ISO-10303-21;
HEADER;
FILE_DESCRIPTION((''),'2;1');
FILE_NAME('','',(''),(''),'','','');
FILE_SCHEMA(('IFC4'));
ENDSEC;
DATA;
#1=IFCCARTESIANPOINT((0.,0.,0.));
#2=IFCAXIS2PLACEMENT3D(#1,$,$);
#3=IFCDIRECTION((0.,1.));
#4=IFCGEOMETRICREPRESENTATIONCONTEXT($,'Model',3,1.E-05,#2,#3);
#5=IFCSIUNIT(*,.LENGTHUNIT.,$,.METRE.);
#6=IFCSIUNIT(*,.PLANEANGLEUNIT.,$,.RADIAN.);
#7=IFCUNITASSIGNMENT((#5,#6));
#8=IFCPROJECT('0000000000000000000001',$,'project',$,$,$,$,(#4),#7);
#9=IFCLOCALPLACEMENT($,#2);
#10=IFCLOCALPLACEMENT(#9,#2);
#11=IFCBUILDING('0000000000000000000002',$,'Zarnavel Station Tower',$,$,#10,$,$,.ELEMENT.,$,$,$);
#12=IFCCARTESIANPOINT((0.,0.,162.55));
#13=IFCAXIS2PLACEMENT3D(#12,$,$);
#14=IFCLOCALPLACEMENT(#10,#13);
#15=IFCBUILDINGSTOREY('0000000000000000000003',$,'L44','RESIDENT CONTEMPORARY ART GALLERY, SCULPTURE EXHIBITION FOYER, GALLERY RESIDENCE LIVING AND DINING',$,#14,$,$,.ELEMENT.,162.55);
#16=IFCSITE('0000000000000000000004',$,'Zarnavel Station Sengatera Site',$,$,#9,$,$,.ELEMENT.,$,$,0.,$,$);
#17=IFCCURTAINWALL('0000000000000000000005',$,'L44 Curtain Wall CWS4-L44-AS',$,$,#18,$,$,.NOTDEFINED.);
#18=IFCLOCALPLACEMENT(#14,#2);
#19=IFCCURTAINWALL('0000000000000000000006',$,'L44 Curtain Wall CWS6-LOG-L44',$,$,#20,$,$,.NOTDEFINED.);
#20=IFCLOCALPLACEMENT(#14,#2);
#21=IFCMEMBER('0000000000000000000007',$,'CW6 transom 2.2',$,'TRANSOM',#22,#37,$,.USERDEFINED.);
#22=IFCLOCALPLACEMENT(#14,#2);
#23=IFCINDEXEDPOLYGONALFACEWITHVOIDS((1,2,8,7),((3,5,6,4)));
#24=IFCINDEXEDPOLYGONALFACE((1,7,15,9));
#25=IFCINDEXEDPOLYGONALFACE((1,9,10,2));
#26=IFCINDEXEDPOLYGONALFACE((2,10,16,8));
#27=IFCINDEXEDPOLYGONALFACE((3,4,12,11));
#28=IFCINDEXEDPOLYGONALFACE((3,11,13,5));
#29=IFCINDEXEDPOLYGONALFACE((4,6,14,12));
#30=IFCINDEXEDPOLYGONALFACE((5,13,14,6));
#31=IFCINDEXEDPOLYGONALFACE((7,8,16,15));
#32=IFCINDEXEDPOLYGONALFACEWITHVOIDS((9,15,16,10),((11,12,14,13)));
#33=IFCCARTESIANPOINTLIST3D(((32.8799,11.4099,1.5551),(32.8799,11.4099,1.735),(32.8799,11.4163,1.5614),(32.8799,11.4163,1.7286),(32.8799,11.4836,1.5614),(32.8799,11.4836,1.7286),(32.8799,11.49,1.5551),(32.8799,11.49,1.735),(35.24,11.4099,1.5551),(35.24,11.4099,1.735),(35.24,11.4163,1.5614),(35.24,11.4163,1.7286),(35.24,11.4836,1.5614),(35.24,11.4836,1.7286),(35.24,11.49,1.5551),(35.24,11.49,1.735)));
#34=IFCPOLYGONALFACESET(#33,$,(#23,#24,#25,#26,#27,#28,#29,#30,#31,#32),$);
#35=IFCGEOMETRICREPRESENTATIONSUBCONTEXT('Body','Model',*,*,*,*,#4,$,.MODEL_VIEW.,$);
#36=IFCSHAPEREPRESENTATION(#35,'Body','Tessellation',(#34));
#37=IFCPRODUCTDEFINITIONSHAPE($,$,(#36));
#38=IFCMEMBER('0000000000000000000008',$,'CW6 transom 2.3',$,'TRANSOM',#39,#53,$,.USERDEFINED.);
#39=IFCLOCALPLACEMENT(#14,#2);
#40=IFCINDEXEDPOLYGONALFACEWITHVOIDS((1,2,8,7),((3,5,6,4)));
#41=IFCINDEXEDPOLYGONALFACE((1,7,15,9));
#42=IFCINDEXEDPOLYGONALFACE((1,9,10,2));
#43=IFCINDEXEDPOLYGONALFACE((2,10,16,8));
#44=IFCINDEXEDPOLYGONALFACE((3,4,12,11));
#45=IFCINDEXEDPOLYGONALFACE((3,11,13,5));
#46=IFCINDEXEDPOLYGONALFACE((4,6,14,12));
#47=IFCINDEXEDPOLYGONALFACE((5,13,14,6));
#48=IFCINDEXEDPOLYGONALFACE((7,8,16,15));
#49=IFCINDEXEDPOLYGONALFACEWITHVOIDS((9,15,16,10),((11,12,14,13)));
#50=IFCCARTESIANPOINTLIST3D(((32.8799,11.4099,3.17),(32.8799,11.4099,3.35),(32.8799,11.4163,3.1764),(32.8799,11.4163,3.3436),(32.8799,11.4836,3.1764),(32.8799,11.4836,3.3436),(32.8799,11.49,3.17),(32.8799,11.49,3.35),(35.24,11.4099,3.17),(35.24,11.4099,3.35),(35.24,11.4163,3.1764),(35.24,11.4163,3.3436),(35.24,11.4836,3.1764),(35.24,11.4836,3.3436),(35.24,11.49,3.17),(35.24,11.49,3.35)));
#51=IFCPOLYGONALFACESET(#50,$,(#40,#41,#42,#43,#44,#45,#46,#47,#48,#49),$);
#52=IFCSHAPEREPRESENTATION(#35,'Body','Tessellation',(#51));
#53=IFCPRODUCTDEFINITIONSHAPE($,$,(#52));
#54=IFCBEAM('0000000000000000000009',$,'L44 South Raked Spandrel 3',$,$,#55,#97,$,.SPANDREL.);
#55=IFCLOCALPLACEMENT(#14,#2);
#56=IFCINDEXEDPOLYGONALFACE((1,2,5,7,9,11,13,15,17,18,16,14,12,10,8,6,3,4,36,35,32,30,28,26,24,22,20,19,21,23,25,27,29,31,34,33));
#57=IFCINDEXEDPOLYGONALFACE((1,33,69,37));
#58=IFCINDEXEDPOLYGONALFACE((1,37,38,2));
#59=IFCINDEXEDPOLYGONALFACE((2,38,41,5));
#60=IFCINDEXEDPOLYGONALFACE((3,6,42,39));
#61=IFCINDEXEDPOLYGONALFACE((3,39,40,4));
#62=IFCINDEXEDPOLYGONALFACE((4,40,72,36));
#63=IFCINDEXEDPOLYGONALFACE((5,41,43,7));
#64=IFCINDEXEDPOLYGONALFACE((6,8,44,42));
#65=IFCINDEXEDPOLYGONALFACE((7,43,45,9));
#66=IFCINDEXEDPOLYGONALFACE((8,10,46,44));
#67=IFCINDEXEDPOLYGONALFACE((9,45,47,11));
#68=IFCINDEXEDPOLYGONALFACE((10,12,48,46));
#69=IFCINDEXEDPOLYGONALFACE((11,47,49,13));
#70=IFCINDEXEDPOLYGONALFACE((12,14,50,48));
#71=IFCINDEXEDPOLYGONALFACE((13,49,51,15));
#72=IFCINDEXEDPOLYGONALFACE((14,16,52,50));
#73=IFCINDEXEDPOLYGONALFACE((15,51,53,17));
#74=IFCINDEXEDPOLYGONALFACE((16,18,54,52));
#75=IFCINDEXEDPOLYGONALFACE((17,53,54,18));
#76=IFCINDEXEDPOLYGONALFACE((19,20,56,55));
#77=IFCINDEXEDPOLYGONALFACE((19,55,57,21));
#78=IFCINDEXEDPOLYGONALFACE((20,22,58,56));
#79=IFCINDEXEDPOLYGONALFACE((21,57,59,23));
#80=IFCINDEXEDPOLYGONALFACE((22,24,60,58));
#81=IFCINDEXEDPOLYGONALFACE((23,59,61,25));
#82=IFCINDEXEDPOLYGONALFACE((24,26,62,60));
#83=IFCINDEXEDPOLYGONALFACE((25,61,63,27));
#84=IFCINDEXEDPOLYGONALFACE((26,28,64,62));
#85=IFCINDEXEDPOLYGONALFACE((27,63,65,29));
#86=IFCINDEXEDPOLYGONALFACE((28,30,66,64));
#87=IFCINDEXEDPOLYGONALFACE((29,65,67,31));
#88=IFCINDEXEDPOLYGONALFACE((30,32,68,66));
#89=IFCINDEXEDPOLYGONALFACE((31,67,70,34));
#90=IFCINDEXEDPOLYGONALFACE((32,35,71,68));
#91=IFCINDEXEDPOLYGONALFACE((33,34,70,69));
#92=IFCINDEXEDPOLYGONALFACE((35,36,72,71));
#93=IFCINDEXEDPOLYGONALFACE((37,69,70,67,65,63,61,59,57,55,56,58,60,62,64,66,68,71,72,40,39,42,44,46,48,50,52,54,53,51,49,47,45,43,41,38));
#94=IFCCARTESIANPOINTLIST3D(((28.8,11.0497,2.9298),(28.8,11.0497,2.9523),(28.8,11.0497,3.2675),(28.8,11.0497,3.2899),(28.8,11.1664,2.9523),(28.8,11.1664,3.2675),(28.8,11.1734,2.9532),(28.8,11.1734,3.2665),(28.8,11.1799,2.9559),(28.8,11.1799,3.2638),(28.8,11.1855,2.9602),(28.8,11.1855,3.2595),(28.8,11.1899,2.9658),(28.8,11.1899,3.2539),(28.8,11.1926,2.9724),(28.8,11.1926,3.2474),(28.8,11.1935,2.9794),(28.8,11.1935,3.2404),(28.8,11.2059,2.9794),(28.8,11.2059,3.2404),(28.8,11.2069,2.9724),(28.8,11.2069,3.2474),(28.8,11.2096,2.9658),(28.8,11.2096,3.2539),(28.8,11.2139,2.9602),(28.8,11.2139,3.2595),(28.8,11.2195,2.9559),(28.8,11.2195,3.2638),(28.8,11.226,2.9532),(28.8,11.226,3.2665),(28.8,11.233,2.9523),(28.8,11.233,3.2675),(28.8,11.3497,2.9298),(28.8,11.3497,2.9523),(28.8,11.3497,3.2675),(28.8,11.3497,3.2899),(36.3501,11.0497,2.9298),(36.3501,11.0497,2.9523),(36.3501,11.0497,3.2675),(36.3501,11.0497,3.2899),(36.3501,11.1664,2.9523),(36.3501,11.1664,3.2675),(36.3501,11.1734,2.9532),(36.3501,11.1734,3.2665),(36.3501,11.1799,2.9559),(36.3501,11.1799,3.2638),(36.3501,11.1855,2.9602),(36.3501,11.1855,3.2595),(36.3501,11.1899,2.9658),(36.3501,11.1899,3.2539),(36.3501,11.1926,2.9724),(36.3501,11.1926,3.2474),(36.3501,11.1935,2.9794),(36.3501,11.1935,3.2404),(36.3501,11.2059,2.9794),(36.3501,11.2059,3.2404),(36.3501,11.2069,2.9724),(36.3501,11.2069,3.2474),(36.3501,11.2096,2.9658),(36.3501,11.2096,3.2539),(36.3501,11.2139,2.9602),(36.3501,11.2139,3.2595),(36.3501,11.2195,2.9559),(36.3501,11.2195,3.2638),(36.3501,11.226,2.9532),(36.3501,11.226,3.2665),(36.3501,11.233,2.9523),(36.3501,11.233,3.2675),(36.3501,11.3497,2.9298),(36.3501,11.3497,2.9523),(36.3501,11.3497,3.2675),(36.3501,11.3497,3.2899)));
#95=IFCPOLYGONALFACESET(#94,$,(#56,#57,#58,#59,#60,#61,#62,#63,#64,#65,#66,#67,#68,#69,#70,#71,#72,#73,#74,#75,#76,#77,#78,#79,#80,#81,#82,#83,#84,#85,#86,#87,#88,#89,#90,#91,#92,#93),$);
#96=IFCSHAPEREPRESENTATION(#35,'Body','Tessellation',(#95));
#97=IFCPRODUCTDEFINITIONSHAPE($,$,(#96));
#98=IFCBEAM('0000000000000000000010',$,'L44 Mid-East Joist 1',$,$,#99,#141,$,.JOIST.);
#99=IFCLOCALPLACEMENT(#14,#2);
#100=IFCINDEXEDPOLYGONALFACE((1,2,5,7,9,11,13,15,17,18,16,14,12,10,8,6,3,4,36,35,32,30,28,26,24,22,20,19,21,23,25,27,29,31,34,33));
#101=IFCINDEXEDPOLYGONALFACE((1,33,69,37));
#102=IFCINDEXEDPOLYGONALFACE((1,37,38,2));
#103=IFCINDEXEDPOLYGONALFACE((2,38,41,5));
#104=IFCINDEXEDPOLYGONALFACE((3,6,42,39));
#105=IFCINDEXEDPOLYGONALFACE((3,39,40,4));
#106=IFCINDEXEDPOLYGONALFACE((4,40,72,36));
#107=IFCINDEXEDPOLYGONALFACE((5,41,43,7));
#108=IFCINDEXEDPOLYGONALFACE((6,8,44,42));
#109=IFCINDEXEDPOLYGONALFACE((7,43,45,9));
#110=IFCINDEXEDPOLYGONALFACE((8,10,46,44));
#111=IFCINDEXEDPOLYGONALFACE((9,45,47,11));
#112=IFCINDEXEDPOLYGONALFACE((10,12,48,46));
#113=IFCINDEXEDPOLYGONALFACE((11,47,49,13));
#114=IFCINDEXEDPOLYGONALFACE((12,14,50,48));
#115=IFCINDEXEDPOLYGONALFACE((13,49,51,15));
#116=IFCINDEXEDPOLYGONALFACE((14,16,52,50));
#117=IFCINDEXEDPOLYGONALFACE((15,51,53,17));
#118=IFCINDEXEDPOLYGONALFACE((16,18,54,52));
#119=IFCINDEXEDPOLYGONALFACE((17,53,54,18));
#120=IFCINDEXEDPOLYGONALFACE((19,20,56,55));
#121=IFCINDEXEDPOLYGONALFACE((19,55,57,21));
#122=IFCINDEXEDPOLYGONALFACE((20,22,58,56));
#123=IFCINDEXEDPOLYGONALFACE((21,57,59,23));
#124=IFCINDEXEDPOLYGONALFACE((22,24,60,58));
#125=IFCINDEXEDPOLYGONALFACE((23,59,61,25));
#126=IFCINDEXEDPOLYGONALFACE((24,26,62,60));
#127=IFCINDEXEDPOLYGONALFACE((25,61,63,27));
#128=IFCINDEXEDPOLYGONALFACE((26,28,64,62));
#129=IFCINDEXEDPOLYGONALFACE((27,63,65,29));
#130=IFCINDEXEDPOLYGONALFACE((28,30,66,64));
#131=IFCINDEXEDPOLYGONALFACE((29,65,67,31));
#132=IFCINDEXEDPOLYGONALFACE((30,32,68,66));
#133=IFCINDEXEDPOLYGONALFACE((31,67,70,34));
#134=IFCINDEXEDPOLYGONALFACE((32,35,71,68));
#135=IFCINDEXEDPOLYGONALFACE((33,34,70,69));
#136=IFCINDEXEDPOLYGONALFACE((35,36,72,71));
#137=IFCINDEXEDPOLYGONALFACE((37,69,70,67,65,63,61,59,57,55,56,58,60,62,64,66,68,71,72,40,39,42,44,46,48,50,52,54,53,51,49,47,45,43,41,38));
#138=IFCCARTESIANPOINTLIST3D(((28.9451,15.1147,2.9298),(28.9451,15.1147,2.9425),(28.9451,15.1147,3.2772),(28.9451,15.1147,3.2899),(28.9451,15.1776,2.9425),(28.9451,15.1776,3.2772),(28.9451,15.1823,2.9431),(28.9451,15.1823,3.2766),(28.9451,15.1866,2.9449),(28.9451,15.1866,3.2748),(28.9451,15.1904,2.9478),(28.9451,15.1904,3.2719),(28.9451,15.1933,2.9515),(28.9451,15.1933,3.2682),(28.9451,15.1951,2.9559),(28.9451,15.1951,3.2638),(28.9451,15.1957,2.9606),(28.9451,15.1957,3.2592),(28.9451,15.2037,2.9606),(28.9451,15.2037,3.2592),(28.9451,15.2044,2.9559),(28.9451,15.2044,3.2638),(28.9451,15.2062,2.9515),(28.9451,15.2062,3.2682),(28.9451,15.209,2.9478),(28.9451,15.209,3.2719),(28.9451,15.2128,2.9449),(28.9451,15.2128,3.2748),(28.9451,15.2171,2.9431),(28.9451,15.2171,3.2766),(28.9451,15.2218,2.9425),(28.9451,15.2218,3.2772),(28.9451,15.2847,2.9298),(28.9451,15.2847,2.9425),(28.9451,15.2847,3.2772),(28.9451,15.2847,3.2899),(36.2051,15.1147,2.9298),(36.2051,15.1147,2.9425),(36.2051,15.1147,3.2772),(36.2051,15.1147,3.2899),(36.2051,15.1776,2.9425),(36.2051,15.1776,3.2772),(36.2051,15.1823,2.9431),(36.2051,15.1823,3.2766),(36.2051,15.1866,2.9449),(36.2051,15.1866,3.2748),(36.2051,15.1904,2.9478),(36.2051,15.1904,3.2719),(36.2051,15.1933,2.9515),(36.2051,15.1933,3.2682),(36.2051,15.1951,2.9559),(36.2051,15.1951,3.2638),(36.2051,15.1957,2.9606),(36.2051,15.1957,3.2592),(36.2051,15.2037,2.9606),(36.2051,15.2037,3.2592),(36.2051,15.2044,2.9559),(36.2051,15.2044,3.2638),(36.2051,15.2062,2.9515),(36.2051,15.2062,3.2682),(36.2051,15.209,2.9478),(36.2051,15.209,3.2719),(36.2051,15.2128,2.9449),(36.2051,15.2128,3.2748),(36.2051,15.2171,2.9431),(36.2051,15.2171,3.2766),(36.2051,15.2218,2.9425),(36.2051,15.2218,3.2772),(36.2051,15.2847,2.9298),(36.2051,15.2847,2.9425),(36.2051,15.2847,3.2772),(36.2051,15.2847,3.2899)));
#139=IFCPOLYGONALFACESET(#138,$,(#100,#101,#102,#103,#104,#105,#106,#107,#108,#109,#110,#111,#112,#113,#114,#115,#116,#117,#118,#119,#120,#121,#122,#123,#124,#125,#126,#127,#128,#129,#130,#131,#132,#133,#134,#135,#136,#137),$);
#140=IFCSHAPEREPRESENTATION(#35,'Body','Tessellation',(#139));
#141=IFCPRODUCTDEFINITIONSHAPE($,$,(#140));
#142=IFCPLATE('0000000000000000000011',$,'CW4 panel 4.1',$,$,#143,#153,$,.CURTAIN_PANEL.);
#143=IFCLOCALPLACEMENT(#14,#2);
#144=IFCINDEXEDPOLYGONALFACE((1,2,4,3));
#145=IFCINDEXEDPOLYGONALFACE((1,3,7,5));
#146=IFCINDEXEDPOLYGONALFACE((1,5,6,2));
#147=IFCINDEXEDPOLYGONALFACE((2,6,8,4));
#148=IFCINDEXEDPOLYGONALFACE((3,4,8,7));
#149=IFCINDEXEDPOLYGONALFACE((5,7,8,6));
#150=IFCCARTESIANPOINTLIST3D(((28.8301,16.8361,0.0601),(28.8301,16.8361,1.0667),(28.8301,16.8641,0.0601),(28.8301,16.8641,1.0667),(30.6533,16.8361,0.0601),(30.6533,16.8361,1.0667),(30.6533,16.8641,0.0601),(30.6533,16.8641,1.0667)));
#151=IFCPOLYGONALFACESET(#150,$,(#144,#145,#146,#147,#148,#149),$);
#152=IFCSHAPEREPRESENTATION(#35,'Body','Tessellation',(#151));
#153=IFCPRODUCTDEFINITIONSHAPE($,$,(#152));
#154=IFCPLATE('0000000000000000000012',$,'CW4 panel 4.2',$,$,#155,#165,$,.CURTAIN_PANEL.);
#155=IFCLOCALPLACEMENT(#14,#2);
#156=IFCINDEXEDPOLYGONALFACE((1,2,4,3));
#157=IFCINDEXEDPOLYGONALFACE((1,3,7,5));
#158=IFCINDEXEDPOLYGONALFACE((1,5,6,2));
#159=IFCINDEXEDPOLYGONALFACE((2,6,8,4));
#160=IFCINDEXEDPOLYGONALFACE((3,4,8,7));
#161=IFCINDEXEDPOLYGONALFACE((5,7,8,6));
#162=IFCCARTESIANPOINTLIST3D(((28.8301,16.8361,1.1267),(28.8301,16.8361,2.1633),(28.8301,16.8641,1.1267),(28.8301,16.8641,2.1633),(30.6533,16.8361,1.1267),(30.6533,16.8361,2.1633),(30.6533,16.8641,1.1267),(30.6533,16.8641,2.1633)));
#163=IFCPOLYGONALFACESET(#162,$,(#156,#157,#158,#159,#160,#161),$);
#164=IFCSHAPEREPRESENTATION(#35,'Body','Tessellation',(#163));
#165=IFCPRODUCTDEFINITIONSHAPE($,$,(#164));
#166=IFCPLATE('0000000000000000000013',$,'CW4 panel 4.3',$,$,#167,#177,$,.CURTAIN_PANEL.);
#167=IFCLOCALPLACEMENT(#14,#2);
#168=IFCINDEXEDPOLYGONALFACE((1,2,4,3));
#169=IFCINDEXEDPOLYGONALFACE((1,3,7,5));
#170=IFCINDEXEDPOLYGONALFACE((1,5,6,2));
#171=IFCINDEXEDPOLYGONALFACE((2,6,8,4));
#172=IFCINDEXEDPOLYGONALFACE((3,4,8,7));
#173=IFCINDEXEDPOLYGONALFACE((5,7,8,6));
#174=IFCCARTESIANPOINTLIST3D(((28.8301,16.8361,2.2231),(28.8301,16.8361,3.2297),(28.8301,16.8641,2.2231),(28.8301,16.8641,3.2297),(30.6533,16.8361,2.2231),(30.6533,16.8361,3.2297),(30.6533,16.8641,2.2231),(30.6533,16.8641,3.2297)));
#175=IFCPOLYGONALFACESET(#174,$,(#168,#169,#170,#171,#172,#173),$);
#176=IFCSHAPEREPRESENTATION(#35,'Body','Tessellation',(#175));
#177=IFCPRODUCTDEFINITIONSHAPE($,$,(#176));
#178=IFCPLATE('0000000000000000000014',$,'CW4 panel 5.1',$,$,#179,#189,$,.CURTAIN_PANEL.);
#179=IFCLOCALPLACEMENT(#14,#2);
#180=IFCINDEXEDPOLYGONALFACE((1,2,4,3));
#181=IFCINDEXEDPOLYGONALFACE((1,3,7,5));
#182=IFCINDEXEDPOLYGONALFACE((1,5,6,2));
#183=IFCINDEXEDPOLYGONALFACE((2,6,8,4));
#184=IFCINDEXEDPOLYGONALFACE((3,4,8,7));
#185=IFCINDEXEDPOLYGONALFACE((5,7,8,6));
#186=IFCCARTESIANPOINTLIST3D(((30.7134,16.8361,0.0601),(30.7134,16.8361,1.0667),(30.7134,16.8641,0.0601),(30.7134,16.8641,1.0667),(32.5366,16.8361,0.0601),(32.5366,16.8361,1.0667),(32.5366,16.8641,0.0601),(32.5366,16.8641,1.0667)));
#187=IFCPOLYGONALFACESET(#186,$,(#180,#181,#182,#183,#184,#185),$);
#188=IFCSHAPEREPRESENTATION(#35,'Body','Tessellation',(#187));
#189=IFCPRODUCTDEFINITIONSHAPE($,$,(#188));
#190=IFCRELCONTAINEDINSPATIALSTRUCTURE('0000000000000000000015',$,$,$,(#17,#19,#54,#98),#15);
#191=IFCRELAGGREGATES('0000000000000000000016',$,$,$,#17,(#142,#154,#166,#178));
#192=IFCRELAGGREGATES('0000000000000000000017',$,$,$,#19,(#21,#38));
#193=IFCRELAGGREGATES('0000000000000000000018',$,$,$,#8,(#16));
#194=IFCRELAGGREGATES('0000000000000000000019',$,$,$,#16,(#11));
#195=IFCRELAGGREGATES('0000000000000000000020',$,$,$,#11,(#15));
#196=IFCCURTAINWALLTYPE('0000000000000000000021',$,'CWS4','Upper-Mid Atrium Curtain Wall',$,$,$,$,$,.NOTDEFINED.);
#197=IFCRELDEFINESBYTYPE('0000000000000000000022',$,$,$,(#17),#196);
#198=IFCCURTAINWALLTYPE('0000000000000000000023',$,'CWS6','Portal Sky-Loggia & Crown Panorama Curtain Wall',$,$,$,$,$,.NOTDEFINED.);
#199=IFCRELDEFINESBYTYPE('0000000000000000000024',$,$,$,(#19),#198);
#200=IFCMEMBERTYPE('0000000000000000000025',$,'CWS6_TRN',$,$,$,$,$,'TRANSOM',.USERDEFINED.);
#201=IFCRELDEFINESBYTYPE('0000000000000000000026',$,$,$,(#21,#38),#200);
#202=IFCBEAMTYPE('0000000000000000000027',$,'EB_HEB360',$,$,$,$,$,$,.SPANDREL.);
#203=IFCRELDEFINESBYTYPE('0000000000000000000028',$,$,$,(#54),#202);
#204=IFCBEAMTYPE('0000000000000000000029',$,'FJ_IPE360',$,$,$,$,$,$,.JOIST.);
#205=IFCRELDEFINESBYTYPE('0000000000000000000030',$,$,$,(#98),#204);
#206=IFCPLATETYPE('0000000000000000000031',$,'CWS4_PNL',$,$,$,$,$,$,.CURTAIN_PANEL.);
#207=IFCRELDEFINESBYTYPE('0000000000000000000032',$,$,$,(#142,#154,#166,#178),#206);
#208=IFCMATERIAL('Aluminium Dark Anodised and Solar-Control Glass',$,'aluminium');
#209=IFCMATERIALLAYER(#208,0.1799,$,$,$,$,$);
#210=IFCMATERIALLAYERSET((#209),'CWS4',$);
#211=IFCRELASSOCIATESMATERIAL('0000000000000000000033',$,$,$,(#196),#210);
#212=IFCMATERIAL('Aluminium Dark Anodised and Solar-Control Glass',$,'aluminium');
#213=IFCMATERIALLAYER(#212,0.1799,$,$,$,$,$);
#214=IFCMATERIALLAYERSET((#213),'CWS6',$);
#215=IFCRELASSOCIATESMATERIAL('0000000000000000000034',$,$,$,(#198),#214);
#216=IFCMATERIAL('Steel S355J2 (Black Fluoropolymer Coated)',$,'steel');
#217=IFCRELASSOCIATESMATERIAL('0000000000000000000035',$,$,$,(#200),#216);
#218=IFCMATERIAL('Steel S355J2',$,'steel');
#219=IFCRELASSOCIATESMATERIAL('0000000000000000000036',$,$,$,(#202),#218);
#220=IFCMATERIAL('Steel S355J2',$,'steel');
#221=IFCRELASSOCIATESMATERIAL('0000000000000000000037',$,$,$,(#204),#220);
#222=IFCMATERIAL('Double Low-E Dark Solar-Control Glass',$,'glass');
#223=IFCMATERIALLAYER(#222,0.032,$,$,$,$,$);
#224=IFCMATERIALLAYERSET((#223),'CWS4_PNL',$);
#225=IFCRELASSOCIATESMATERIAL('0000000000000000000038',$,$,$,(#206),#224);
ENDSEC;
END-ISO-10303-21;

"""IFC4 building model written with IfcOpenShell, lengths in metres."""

from ifc_helpers import new_model, si_unit, direction, frame, origin, origin_2d, place, context, subcontext, project, spatial, rectangle, hollow_rectangle, i_section, extrude, material, layer, layer_set, material_profile, profile_set, type_object, element, aggregate, save


model = new_model("IFC4")

# Units and contexts
model_context = context("Model", 3, precision=1e-05, world=origin(), true_north=direction((0.0, 1.0)))
body_context = subcontext(model_context, "Body", "Model", "MODEL_VIEW")
ifc_project = project(units=[si_unit("LENGTHUNIT", "METRE"), si_unit("PLANEANGLEUNIT", "RADIAN")], contexts=[model_context])

# Site, building, storey
site_placement = place(None, origin())
site = spatial("IfcSite", under=ifc_project, at=site_placement, Name="Zarnavel Station Sengatera Site", CompositionType="ELEMENT", RefElevation=0.0)
building_placement = place(site_placement, origin())
building = spatial("IfcBuilding", under=site, at=building_placement, Name="Zarnavel Station Tower", CompositionType="ELEMENT")
storey_placement = place(building_placement, frame((0.0, 0.0, 162.55)))
storey = spatial("IfcBuildingStorey", under=building, at=storey_placement, Name="L44", Description="RESIDENT CONTEMPORARY ART GALLERY, SCULPTURE EXHIBITION FOYER, GALLERY RESIDENCE LIVING AND DINING", CompositionType="ELEMENT", Elevation=162.55)

# Curtain walls, members
ifc_material_1 = material(Name="Aluminium Dark Anodised and Solar-Control Glass", Category="aluminium")
ifc_layer_1 = layer(ifc_material_1, 0.1799)
ifc_layer_set_1 = layer_set([ifc_layer_1], Name="CWS4")
curtain_wall_type_1 = type_object("IfcCurtainWallType", Name="CWS4", Description="Upper-Mid Atrium Curtain Wall", PredefinedType="NOTDEFINED", material=ifc_layer_set_1)
curtain_wall_1_placement = place(storey_placement, origin())
curtain_wall_1 = element("IfcCurtainWall", 1, at=curtain_wall_1_placement, inside=storey, type_object=curtain_wall_type_1, Name="L44 Curtain Wall CWS4-L44-AS", PredefinedType="NOTDEFINED")
ifc_material_2 = material(Name="Aluminium Dark Anodised and Solar-Control Glass", Category="aluminium")
ifc_layer_2 = layer(ifc_material_2, 0.1799)
ifc_layer_set_2 = layer_set([ifc_layer_2], Name="CWS6")
curtain_wall_type_2 = type_object("IfcCurtainWallType", Name="CWS6", Description="Portal Sky-Loggia & Crown Panorama Curtain Wall", PredefinedType="NOTDEFINED", material=ifc_layer_set_2)
curtain_wall_2_placement = place(storey_placement, origin())
curtain_wall_2 = element("IfcCurtainWall", 2, at=curtain_wall_2_placement, inside=storey, type_object=curtain_wall_type_2, Name="L44 Curtain Wall CWS6-LOG-L44", PredefinedType="NOTDEFINED")
ifc_material_3 = material(Name="Steel S355J2 (Black Fluoropolymer Coated)", Category="steel")
ifc_material_profile_1 = material_profile(ifc_material_3, hollow_rectangle(XDim=0.0801, YDim=0.1799, WallThickness=0.0063, at=origin_2d()), Name="RHS180x80x6.3")
ifc_profile_set_1 = profile_set([ifc_material_profile_1], Name="Steel S355J2 (Black Fluoropolymer Coated)")
member_type_1 = type_object("IfcMemberType", Name="CWS6_TRN", ElementType="TRANSOM", PredefinedType="USERDEFINED", material=ifc_profile_set_1)
member_1_placement = place(storey_placement, frame((32.8799, 11.45, 1.645), z_axis=(1.0, 0.0, 0.0), x_axis=(0.0, 1.0, 0.0)))
member_1 = element("IfcMember", 3, at=member_1_placement, type_object=member_type_1, Name="CW6 transom 2.2", ObjectType="TRANSOM", PredefinedType="USERDEFINED", context=body_context, shape_type="SweptSolid", body=[
    extrude(hollow_rectangle(XDim=0.0801, YDim=0.1799, WallThickness=0.0063, at=origin_2d()), origin(), (0.0, 0.0, 1.0), 2.3601),
])
member_2_placement = place(storey_placement, frame((32.8799, 11.45, 3.26), z_axis=(1.0, 0.0, 0.0), x_axis=(0.0, 1.0, 0.0)))
member_2 = element("IfcMember", 4, at=member_2_placement, type_object=member_type_1, Name="CW6 transom 2.3", ObjectType="TRANSOM", PredefinedType="USERDEFINED", context=body_context, shape_type="SweptSolid", body=[
    extrude(hollow_rectangle(XDim=0.0801, YDim=0.1799, WallThickness=0.0063, at=origin_2d()), origin(), (0.0, 0.0, 1.0), 2.3601),
])

# Beams
ifc_material_4 = material(Name="Steel S355J2", Category="steel")
ifc_material_profile_2 = material_profile(ifc_material_4, i_section(OverallWidth=0.3, OverallDepth=0.3601, WebThickness=0.0125, FlangeThickness=0.0225, FilletRadius=0.0271, at=origin_2d()), Name="HEB360")
ifc_profile_set_2 = profile_set([ifc_material_profile_2], Name="Steel S355J2")
beam_type_1 = type_object("IfcBeamType", Name="EB_HEB360", PredefinedType="SPANDREL", material=ifc_profile_set_2)
beam_1_placement = place(storey_placement, frame((28.8, 11.1997, 3.1099), z_axis=(1.0, 0.0, 0.0), x_axis=(0.0, 1.0, 0.0)))
element("IfcBeam", 5, at=beam_1_placement, inside=storey, type_object=beam_type_1, Name="L44 South Raked Spandrel 3", PredefinedType="SPANDREL", context=body_context, shape_type="SweptSolid", body=[
    extrude(i_section(OverallWidth=0.3, OverallDepth=0.3601, WebThickness=0.0125, FlangeThickness=0.0225, FilletRadius=0.0271, at=origin_2d()), origin(), (0.0, 0.0, 1.0), 7.55),
])
ifc_material_5 = material(Name="Steel S355J2", Category="steel")
ifc_material_profile_3 = material_profile(ifc_material_5, i_section(OverallWidth=0.1699, OverallDepth=0.3601, WebThickness=0.0081, FlangeThickness=0.0127, FilletRadius=0.0181, at=origin_2d()), Name="IPE360")
ifc_profile_set_3 = profile_set([ifc_material_profile_3], Name="Steel S355J2")
beam_type_2 = type_object("IfcBeamType", Name="FJ_IPE360", PredefinedType="JOIST", material=ifc_profile_set_3)
beam_2_placement = place(storey_placement, frame((28.9451, 15.1997, 3.1099), z_axis=(1.0, 0.0, 0.0), x_axis=(0.0, 1.0, 0.0)))
element("IfcBeam", 6, at=beam_2_placement, inside=storey, type_object=beam_type_2, Name="L44 Mid-East Joist 1", PredefinedType="JOIST", context=body_context, shape_type="SweptSolid", body=[
    extrude(i_section(OverallWidth=0.1699, OverallDepth=0.3601, WebThickness=0.0081, FlangeThickness=0.0127, FilletRadius=0.0181, at=origin_2d()), origin(), (0.0, 0.0, 1.0), 7.26),
])

# Plates
ifc_material_6 = material(Name="Double Low-E Dark Solar-Control Glass", Category="glass")
ifc_layer_3 = layer(ifc_material_6, 0.032)
ifc_layer_set_3 = layer_set([ifc_layer_3], Name="CWS4_PNL")
plate_type_1 = type_object("IfcPlateType", Name="CWS4_PNL", PredefinedType="CURTAIN_PANEL", material=ifc_layer_set_3)
plate_1_placement = place(storey_placement, frame((29.7417, 16.8501, 0.0601), z_axis=(0.0, 0.0, 1.0), x_axis=(1.0, 0.0, 0.0)))
plate_1 = element("IfcPlate", 7, at=plate_1_placement, type_object=plate_type_1, Name="CW4 panel 4.1", PredefinedType="CURTAIN_PANEL", context=body_context, shape_type="SweptSolid", body=[
    extrude(rectangle(XDim=1.8232, YDim=0.0281, at=origin_2d()), origin(), (0.0, 0.0, 1.0), 1.0066),
])
plate_2_placement = place(storey_placement, frame((29.7417, 16.8501, 1.1267), z_axis=(0.0, 0.0, 1.0), x_axis=(1.0, 0.0, 0.0)))
plate_2 = element("IfcPlate", 8, at=plate_2_placement, type_object=plate_type_1, Name="CW4 panel 4.2", PredefinedType="CURTAIN_PANEL", context=body_context, shape_type="SweptSolid", body=[
    extrude(rectangle(XDim=1.8232, YDim=0.0281, at=origin_2d()), origin(), (0.0, 0.0, 1.0), 1.0366),
])
plate_3_placement = place(storey_placement, frame((29.7417, 16.8501, 2.2231), z_axis=(0.0, 0.0, 1.0), x_axis=(1.0, 0.0, 0.0)))
plate_3 = element("IfcPlate", 9, at=plate_3_placement, type_object=plate_type_1, Name="CW4 panel 4.3", PredefinedType="CURTAIN_PANEL", context=body_context, shape_type="SweptSolid", body=[
    extrude(rectangle(XDim=1.8232, YDim=0.0281, at=origin_2d()), origin(), (0.0, 0.0, 1.0), 1.0066),
])
plate_4_placement = place(storey_placement, frame((31.625, 16.8501, 0.0601), z_axis=(0.0, 0.0, 1.0), x_axis=(1.0, 0.0, 0.0)))
plate_4 = element("IfcPlate", 10, at=plate_4_placement, type_object=plate_type_1, Name="CW4 panel 5.1", PredefinedType="CURTAIN_PANEL", context=body_context, shape_type="SweptSolid", body=[
    extrude(rectangle(XDim=1.8232, YDim=0.0281, at=origin_2d()), origin(), (0.0, 0.0, 1.0), 1.0066),
])
aggregate(curtain_wall_1, [plate_1, plate_2, plate_3, plate_4])
aggregate(curtain_wall_2, [member_1, member_2])

save(model, "model.ifc")
